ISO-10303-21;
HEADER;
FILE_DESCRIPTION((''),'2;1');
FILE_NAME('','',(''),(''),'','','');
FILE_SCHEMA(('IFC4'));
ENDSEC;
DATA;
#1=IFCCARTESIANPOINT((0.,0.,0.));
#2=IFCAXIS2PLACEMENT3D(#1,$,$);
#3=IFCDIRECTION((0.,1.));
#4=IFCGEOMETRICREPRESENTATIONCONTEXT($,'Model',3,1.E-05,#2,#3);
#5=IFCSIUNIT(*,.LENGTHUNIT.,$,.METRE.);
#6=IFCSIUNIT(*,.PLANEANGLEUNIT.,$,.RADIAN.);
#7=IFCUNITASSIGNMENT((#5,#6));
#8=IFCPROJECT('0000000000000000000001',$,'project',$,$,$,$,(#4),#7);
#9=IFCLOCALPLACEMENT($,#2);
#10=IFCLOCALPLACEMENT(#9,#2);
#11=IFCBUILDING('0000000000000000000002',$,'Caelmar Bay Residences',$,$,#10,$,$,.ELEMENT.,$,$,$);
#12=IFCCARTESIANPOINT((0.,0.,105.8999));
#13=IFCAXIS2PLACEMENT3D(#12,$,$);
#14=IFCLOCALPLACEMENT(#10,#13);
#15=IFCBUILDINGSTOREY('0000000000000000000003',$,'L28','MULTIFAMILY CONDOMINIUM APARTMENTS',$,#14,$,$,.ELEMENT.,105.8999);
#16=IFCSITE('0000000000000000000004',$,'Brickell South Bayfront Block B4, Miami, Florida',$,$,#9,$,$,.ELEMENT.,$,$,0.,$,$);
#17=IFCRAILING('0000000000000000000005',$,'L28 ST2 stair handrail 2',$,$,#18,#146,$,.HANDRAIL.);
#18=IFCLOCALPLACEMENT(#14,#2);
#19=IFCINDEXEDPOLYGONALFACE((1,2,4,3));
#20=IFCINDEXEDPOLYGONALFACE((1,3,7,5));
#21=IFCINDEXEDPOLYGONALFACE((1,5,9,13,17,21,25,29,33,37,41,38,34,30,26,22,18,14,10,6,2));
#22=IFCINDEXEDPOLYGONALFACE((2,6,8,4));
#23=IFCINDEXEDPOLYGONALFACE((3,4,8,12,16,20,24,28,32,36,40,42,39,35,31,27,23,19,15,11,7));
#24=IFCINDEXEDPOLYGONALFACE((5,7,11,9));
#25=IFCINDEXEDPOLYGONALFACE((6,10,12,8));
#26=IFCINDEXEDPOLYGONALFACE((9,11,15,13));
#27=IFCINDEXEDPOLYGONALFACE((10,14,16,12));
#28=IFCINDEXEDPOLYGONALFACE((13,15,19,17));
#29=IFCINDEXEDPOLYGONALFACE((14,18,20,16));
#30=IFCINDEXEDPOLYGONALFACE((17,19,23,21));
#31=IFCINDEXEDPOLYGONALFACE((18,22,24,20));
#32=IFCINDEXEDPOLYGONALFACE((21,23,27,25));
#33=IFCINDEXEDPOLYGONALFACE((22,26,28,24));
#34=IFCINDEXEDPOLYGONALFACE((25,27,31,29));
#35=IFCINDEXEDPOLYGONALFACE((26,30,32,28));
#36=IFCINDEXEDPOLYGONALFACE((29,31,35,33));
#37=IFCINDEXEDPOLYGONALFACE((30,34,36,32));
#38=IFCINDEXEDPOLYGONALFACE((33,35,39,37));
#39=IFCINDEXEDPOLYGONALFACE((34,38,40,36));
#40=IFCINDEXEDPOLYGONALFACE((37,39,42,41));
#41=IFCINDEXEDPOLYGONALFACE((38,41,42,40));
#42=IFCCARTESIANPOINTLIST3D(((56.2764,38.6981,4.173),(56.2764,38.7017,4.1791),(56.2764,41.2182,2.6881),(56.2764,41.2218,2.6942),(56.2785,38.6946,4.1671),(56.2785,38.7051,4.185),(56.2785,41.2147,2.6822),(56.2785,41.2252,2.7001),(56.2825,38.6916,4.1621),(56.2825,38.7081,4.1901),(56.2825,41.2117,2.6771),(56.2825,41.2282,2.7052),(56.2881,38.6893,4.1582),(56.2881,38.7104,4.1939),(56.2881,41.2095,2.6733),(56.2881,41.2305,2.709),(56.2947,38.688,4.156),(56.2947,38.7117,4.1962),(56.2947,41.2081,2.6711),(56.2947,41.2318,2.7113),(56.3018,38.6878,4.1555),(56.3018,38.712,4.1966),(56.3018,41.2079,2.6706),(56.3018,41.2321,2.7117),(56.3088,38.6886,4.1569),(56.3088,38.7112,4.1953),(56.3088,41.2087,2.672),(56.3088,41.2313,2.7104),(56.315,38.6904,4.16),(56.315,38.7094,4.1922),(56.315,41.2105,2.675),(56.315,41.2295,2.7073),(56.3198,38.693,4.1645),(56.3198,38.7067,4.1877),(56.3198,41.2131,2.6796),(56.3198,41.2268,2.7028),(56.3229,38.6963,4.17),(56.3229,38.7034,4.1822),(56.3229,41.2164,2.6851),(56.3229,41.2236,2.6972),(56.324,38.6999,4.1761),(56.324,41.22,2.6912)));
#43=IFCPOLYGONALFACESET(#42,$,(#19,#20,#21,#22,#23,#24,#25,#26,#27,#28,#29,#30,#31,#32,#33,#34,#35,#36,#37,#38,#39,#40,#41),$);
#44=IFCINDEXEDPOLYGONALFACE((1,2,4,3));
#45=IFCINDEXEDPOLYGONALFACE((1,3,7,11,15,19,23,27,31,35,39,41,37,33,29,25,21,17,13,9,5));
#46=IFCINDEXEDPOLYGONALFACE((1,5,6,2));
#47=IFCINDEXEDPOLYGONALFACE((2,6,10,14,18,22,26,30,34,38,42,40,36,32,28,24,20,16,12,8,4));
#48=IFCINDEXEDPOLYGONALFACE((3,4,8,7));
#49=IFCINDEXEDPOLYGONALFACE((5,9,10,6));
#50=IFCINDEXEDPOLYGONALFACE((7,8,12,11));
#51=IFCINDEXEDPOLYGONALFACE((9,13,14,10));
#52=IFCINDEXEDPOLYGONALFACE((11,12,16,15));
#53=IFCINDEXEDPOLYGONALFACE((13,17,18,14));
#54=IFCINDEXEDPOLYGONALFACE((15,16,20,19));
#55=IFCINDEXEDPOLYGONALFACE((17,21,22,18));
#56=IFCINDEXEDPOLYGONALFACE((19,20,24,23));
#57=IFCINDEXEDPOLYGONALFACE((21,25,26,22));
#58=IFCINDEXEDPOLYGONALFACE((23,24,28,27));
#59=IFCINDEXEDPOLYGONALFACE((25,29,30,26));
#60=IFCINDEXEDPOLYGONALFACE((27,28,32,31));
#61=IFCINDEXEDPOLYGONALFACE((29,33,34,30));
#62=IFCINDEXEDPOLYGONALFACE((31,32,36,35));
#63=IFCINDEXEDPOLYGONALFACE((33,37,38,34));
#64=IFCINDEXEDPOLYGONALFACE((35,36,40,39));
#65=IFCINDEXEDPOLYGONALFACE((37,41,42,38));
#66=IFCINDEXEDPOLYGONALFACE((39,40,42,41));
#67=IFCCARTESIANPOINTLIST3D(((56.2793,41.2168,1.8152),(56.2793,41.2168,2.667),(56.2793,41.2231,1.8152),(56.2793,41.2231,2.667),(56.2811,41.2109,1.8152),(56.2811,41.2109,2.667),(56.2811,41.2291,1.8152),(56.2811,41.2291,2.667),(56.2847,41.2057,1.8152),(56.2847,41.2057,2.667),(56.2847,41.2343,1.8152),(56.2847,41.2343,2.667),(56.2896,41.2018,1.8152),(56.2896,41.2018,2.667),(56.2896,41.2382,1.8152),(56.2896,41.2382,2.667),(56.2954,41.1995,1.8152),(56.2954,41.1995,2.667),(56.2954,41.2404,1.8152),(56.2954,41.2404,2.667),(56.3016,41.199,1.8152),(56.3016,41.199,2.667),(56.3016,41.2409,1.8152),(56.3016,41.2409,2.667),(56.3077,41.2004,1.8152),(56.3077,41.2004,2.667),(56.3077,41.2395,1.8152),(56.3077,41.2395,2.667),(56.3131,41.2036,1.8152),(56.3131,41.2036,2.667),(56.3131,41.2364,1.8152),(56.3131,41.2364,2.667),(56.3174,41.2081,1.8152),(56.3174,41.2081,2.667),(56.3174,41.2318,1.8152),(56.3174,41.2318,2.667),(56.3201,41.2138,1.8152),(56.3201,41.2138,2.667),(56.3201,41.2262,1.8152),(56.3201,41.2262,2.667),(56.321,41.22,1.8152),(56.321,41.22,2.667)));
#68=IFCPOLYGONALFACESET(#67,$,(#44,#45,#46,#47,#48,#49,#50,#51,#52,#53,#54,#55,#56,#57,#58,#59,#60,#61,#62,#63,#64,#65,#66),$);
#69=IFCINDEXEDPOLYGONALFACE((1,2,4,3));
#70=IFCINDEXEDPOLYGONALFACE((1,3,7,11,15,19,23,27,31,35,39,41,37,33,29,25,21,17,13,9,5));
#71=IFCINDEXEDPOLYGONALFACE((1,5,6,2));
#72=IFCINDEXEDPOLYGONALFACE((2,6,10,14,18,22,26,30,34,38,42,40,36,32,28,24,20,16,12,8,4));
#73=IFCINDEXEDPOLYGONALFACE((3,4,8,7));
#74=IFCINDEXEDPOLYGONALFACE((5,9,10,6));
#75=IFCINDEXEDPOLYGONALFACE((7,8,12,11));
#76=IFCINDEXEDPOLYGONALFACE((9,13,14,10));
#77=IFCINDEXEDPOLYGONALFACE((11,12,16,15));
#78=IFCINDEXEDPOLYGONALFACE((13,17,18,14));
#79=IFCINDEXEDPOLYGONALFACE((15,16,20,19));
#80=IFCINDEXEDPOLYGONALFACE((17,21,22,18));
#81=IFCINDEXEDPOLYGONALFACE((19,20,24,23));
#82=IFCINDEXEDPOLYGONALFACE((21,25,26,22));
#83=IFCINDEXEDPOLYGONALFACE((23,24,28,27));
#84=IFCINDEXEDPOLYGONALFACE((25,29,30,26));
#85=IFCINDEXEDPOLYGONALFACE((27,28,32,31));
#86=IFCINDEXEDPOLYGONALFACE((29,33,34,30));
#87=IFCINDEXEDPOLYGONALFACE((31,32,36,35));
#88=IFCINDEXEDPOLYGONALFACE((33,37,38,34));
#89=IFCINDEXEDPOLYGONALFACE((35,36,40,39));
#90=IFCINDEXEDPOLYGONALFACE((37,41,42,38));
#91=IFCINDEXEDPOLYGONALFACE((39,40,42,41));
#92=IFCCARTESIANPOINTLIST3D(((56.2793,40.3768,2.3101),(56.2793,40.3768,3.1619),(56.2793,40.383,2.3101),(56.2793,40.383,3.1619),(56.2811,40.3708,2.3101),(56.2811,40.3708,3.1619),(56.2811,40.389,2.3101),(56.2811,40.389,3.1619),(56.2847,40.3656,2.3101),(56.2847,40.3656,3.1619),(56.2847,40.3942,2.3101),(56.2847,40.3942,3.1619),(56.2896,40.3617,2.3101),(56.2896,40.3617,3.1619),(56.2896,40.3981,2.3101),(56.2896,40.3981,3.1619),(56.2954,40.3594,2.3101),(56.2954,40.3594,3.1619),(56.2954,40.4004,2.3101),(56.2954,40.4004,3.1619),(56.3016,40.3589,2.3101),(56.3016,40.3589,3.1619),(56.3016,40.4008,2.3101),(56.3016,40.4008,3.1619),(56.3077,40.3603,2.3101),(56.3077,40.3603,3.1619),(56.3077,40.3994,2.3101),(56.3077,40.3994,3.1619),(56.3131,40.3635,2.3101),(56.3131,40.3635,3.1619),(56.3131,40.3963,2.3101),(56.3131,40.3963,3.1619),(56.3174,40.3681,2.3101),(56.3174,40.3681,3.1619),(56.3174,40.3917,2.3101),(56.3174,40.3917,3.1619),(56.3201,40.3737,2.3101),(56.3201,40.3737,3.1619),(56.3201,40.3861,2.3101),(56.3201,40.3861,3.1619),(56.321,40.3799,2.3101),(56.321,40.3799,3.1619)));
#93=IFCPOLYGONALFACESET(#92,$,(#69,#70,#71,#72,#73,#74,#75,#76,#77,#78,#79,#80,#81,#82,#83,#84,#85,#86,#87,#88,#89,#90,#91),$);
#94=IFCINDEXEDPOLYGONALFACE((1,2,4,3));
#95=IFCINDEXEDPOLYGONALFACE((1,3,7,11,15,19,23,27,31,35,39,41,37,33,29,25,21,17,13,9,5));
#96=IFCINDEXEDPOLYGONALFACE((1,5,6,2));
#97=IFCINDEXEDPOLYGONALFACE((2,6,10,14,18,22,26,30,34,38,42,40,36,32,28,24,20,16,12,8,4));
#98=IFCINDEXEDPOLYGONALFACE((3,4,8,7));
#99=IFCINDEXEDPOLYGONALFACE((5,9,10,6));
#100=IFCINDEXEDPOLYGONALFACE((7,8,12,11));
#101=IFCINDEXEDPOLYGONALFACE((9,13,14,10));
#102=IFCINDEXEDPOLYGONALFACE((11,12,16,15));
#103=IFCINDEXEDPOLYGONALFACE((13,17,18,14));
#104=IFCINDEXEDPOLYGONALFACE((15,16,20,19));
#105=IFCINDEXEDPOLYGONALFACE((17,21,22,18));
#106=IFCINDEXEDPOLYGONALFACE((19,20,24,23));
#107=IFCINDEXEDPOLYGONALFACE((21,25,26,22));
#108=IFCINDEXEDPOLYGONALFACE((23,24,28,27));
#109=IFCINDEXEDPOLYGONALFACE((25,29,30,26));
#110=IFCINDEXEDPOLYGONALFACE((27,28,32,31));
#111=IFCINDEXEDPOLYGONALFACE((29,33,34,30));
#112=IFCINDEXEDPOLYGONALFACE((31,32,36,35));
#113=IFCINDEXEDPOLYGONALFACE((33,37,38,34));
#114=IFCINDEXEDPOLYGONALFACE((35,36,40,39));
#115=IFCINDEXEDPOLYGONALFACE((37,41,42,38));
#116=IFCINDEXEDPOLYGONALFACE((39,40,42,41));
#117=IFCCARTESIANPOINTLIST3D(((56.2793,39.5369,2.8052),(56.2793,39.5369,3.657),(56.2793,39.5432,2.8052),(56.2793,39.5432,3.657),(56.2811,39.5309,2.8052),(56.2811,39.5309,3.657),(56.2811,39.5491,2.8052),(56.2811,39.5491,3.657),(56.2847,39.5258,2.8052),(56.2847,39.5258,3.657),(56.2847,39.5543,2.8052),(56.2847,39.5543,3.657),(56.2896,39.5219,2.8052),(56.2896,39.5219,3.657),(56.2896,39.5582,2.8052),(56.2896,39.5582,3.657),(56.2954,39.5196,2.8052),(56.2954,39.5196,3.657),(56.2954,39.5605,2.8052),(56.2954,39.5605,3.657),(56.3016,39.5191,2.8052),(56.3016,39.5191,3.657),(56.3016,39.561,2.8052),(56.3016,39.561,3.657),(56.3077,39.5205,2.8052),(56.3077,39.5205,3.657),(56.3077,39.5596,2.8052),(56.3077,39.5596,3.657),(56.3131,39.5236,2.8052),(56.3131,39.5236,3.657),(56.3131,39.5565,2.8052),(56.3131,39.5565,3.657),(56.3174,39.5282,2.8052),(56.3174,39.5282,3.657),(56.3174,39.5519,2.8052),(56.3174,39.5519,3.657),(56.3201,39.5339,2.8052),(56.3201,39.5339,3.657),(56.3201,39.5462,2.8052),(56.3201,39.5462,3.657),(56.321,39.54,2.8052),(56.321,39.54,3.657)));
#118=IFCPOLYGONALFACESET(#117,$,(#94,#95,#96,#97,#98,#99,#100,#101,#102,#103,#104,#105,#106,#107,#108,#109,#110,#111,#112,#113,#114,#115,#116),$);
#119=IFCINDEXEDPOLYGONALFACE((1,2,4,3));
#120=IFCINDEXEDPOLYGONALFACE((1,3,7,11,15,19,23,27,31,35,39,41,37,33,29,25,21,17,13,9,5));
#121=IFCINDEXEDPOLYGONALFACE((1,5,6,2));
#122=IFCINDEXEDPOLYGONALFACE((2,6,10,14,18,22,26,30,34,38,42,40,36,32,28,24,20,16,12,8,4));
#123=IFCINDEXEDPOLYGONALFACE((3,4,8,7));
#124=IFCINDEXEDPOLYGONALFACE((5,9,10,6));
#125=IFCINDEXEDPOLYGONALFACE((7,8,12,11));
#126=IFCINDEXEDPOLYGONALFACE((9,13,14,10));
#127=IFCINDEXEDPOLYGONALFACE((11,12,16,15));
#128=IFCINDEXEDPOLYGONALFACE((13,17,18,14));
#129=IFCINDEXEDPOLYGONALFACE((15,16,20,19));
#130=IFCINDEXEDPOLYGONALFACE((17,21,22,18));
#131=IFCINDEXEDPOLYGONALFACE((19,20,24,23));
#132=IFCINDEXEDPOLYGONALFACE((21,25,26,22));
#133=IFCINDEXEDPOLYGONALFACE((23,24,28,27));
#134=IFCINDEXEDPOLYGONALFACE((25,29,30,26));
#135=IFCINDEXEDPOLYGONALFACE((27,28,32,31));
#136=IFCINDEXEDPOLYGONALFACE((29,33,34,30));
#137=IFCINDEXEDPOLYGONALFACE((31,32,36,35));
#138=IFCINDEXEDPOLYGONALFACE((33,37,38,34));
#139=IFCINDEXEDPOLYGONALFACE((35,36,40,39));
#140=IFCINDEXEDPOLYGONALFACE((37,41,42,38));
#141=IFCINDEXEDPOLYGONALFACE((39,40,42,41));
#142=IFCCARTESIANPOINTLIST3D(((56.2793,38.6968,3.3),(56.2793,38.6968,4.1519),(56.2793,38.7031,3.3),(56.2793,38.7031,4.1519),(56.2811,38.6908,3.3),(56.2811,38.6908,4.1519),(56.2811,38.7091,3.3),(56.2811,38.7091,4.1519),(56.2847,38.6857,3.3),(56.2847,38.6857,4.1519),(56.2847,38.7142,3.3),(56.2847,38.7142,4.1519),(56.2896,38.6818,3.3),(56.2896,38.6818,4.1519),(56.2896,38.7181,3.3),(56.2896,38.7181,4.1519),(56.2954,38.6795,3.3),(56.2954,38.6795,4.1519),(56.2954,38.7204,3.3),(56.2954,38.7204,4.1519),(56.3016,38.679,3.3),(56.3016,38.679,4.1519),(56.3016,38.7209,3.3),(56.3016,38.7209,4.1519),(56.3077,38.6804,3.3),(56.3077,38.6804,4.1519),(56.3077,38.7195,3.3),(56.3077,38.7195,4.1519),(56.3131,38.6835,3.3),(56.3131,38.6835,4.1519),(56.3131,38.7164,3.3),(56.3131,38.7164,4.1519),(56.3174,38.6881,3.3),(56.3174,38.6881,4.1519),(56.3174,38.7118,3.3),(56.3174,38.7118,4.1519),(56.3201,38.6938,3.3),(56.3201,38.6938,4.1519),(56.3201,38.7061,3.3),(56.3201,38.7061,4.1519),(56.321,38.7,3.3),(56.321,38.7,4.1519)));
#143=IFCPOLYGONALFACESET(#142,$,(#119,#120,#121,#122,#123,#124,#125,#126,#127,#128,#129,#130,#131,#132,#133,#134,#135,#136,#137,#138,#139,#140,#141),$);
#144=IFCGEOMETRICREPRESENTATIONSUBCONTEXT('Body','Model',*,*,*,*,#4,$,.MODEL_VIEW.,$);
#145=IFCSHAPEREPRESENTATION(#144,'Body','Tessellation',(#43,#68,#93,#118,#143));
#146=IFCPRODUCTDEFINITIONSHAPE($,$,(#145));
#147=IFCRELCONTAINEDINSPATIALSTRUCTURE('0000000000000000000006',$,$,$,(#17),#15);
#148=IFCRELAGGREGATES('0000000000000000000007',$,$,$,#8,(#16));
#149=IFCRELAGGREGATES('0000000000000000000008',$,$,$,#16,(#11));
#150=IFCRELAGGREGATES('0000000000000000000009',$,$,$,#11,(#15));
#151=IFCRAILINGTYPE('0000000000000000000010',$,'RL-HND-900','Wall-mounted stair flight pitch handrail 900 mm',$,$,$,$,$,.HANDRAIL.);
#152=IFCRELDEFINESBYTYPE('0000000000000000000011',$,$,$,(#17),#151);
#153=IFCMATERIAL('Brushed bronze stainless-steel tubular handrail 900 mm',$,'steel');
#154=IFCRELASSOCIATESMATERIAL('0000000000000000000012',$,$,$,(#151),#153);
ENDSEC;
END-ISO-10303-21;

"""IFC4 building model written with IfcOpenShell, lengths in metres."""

from ifc_helpers import new_model, si_unit, direction, frame, origin, origin_2d, place, context, subcontext, project, spatial, circle, extrude, material, type_object, element, save


model = new_model("IFC4")

# Units and contexts
model_context = context("Model", 3, precision=1e-05, world=origin(), true_north=direction((0.0, 1.0)))
body_context = subcontext(model_context, "Body", "Model", "MODEL_VIEW")
ifc_project = project(units=[si_unit("LENGTHUNIT", "METRE"), si_unit("PLANEANGLEUNIT", "RADIAN")], contexts=[model_context])

# Site, building, storey
site_placement = place(None, origin())
site = spatial("IfcSite", under=ifc_project, at=site_placement, Name="Brickell South Bayfront Block B4, Miami, Florida", CompositionType="ELEMENT", RefElevation=0.0)
building_placement = place(site_placement, origin())
building = spatial("IfcBuilding", under=site, at=building_placement, Name="Caelmar Bay Residences", CompositionType="ELEMENT")
storey_placement = place(building_placement, frame((0.0, 0.0, 105.8999)))
storey = spatial("IfcBuildingStorey", under=building, at=storey_placement, Name="L28", Description="MULTIFAMILY CONDOMINIUM APARTMENTS", CompositionType="ELEMENT", Elevation=105.8999)

# Railing
ifc_material_1 = material(Name="Brushed bronze stainless-steel tubular handrail 900 mm", Category="steel")
railing_type_1 = type_object("IfcRailingType", Name="RL-HND-900", Description="Wall-mounted stair flight pitch handrail 900 mm", PredefinedType="HANDRAIL", material=ifc_material_1)
railing_1_placement = place(storey_placement, frame((56.3, 41.22, 1.8152)))
element("IfcRailing", 1, at=railing_1_placement, inside=storey, type_object=railing_type_1, Name="L28 ST2 stair handrail 2", PredefinedType="HANDRAIL", context=body_context, shape_type="SweptSolid", body=[
    extrude(circle(Radius=0.0239, at=origin_2d()), frame((0.0, 0.0, 0.876), z_axis=(0.0, -0.861561, 0.507655), x_axis=(1.0, 0.0, 0.0)), (0.0, 0.0, 1.0), 2.925),
    extrude(circle(Radius=0.021, at=origin_2d()), origin(), (0.0, 0.0, 1.0), 0.8518),
    extrude(circle(Radius=0.021, at=origin_2d()), frame((0.0, -0.8401, 0.4949)), (0.0, 0.0, 1.0), 0.8518),
    extrude(circle(Radius=0.021, at=origin_2d()), frame((0.0, -1.6799, 0.99)), (0.0, 0.0, 1.0), 0.8518),
    extrude(circle(Radius=0.021, at=origin_2d()), frame((0.0, -2.52, 1.4849)), (0.0, 0.0, 1.0), 0.8518),
])

save(model, "model.ifc")
